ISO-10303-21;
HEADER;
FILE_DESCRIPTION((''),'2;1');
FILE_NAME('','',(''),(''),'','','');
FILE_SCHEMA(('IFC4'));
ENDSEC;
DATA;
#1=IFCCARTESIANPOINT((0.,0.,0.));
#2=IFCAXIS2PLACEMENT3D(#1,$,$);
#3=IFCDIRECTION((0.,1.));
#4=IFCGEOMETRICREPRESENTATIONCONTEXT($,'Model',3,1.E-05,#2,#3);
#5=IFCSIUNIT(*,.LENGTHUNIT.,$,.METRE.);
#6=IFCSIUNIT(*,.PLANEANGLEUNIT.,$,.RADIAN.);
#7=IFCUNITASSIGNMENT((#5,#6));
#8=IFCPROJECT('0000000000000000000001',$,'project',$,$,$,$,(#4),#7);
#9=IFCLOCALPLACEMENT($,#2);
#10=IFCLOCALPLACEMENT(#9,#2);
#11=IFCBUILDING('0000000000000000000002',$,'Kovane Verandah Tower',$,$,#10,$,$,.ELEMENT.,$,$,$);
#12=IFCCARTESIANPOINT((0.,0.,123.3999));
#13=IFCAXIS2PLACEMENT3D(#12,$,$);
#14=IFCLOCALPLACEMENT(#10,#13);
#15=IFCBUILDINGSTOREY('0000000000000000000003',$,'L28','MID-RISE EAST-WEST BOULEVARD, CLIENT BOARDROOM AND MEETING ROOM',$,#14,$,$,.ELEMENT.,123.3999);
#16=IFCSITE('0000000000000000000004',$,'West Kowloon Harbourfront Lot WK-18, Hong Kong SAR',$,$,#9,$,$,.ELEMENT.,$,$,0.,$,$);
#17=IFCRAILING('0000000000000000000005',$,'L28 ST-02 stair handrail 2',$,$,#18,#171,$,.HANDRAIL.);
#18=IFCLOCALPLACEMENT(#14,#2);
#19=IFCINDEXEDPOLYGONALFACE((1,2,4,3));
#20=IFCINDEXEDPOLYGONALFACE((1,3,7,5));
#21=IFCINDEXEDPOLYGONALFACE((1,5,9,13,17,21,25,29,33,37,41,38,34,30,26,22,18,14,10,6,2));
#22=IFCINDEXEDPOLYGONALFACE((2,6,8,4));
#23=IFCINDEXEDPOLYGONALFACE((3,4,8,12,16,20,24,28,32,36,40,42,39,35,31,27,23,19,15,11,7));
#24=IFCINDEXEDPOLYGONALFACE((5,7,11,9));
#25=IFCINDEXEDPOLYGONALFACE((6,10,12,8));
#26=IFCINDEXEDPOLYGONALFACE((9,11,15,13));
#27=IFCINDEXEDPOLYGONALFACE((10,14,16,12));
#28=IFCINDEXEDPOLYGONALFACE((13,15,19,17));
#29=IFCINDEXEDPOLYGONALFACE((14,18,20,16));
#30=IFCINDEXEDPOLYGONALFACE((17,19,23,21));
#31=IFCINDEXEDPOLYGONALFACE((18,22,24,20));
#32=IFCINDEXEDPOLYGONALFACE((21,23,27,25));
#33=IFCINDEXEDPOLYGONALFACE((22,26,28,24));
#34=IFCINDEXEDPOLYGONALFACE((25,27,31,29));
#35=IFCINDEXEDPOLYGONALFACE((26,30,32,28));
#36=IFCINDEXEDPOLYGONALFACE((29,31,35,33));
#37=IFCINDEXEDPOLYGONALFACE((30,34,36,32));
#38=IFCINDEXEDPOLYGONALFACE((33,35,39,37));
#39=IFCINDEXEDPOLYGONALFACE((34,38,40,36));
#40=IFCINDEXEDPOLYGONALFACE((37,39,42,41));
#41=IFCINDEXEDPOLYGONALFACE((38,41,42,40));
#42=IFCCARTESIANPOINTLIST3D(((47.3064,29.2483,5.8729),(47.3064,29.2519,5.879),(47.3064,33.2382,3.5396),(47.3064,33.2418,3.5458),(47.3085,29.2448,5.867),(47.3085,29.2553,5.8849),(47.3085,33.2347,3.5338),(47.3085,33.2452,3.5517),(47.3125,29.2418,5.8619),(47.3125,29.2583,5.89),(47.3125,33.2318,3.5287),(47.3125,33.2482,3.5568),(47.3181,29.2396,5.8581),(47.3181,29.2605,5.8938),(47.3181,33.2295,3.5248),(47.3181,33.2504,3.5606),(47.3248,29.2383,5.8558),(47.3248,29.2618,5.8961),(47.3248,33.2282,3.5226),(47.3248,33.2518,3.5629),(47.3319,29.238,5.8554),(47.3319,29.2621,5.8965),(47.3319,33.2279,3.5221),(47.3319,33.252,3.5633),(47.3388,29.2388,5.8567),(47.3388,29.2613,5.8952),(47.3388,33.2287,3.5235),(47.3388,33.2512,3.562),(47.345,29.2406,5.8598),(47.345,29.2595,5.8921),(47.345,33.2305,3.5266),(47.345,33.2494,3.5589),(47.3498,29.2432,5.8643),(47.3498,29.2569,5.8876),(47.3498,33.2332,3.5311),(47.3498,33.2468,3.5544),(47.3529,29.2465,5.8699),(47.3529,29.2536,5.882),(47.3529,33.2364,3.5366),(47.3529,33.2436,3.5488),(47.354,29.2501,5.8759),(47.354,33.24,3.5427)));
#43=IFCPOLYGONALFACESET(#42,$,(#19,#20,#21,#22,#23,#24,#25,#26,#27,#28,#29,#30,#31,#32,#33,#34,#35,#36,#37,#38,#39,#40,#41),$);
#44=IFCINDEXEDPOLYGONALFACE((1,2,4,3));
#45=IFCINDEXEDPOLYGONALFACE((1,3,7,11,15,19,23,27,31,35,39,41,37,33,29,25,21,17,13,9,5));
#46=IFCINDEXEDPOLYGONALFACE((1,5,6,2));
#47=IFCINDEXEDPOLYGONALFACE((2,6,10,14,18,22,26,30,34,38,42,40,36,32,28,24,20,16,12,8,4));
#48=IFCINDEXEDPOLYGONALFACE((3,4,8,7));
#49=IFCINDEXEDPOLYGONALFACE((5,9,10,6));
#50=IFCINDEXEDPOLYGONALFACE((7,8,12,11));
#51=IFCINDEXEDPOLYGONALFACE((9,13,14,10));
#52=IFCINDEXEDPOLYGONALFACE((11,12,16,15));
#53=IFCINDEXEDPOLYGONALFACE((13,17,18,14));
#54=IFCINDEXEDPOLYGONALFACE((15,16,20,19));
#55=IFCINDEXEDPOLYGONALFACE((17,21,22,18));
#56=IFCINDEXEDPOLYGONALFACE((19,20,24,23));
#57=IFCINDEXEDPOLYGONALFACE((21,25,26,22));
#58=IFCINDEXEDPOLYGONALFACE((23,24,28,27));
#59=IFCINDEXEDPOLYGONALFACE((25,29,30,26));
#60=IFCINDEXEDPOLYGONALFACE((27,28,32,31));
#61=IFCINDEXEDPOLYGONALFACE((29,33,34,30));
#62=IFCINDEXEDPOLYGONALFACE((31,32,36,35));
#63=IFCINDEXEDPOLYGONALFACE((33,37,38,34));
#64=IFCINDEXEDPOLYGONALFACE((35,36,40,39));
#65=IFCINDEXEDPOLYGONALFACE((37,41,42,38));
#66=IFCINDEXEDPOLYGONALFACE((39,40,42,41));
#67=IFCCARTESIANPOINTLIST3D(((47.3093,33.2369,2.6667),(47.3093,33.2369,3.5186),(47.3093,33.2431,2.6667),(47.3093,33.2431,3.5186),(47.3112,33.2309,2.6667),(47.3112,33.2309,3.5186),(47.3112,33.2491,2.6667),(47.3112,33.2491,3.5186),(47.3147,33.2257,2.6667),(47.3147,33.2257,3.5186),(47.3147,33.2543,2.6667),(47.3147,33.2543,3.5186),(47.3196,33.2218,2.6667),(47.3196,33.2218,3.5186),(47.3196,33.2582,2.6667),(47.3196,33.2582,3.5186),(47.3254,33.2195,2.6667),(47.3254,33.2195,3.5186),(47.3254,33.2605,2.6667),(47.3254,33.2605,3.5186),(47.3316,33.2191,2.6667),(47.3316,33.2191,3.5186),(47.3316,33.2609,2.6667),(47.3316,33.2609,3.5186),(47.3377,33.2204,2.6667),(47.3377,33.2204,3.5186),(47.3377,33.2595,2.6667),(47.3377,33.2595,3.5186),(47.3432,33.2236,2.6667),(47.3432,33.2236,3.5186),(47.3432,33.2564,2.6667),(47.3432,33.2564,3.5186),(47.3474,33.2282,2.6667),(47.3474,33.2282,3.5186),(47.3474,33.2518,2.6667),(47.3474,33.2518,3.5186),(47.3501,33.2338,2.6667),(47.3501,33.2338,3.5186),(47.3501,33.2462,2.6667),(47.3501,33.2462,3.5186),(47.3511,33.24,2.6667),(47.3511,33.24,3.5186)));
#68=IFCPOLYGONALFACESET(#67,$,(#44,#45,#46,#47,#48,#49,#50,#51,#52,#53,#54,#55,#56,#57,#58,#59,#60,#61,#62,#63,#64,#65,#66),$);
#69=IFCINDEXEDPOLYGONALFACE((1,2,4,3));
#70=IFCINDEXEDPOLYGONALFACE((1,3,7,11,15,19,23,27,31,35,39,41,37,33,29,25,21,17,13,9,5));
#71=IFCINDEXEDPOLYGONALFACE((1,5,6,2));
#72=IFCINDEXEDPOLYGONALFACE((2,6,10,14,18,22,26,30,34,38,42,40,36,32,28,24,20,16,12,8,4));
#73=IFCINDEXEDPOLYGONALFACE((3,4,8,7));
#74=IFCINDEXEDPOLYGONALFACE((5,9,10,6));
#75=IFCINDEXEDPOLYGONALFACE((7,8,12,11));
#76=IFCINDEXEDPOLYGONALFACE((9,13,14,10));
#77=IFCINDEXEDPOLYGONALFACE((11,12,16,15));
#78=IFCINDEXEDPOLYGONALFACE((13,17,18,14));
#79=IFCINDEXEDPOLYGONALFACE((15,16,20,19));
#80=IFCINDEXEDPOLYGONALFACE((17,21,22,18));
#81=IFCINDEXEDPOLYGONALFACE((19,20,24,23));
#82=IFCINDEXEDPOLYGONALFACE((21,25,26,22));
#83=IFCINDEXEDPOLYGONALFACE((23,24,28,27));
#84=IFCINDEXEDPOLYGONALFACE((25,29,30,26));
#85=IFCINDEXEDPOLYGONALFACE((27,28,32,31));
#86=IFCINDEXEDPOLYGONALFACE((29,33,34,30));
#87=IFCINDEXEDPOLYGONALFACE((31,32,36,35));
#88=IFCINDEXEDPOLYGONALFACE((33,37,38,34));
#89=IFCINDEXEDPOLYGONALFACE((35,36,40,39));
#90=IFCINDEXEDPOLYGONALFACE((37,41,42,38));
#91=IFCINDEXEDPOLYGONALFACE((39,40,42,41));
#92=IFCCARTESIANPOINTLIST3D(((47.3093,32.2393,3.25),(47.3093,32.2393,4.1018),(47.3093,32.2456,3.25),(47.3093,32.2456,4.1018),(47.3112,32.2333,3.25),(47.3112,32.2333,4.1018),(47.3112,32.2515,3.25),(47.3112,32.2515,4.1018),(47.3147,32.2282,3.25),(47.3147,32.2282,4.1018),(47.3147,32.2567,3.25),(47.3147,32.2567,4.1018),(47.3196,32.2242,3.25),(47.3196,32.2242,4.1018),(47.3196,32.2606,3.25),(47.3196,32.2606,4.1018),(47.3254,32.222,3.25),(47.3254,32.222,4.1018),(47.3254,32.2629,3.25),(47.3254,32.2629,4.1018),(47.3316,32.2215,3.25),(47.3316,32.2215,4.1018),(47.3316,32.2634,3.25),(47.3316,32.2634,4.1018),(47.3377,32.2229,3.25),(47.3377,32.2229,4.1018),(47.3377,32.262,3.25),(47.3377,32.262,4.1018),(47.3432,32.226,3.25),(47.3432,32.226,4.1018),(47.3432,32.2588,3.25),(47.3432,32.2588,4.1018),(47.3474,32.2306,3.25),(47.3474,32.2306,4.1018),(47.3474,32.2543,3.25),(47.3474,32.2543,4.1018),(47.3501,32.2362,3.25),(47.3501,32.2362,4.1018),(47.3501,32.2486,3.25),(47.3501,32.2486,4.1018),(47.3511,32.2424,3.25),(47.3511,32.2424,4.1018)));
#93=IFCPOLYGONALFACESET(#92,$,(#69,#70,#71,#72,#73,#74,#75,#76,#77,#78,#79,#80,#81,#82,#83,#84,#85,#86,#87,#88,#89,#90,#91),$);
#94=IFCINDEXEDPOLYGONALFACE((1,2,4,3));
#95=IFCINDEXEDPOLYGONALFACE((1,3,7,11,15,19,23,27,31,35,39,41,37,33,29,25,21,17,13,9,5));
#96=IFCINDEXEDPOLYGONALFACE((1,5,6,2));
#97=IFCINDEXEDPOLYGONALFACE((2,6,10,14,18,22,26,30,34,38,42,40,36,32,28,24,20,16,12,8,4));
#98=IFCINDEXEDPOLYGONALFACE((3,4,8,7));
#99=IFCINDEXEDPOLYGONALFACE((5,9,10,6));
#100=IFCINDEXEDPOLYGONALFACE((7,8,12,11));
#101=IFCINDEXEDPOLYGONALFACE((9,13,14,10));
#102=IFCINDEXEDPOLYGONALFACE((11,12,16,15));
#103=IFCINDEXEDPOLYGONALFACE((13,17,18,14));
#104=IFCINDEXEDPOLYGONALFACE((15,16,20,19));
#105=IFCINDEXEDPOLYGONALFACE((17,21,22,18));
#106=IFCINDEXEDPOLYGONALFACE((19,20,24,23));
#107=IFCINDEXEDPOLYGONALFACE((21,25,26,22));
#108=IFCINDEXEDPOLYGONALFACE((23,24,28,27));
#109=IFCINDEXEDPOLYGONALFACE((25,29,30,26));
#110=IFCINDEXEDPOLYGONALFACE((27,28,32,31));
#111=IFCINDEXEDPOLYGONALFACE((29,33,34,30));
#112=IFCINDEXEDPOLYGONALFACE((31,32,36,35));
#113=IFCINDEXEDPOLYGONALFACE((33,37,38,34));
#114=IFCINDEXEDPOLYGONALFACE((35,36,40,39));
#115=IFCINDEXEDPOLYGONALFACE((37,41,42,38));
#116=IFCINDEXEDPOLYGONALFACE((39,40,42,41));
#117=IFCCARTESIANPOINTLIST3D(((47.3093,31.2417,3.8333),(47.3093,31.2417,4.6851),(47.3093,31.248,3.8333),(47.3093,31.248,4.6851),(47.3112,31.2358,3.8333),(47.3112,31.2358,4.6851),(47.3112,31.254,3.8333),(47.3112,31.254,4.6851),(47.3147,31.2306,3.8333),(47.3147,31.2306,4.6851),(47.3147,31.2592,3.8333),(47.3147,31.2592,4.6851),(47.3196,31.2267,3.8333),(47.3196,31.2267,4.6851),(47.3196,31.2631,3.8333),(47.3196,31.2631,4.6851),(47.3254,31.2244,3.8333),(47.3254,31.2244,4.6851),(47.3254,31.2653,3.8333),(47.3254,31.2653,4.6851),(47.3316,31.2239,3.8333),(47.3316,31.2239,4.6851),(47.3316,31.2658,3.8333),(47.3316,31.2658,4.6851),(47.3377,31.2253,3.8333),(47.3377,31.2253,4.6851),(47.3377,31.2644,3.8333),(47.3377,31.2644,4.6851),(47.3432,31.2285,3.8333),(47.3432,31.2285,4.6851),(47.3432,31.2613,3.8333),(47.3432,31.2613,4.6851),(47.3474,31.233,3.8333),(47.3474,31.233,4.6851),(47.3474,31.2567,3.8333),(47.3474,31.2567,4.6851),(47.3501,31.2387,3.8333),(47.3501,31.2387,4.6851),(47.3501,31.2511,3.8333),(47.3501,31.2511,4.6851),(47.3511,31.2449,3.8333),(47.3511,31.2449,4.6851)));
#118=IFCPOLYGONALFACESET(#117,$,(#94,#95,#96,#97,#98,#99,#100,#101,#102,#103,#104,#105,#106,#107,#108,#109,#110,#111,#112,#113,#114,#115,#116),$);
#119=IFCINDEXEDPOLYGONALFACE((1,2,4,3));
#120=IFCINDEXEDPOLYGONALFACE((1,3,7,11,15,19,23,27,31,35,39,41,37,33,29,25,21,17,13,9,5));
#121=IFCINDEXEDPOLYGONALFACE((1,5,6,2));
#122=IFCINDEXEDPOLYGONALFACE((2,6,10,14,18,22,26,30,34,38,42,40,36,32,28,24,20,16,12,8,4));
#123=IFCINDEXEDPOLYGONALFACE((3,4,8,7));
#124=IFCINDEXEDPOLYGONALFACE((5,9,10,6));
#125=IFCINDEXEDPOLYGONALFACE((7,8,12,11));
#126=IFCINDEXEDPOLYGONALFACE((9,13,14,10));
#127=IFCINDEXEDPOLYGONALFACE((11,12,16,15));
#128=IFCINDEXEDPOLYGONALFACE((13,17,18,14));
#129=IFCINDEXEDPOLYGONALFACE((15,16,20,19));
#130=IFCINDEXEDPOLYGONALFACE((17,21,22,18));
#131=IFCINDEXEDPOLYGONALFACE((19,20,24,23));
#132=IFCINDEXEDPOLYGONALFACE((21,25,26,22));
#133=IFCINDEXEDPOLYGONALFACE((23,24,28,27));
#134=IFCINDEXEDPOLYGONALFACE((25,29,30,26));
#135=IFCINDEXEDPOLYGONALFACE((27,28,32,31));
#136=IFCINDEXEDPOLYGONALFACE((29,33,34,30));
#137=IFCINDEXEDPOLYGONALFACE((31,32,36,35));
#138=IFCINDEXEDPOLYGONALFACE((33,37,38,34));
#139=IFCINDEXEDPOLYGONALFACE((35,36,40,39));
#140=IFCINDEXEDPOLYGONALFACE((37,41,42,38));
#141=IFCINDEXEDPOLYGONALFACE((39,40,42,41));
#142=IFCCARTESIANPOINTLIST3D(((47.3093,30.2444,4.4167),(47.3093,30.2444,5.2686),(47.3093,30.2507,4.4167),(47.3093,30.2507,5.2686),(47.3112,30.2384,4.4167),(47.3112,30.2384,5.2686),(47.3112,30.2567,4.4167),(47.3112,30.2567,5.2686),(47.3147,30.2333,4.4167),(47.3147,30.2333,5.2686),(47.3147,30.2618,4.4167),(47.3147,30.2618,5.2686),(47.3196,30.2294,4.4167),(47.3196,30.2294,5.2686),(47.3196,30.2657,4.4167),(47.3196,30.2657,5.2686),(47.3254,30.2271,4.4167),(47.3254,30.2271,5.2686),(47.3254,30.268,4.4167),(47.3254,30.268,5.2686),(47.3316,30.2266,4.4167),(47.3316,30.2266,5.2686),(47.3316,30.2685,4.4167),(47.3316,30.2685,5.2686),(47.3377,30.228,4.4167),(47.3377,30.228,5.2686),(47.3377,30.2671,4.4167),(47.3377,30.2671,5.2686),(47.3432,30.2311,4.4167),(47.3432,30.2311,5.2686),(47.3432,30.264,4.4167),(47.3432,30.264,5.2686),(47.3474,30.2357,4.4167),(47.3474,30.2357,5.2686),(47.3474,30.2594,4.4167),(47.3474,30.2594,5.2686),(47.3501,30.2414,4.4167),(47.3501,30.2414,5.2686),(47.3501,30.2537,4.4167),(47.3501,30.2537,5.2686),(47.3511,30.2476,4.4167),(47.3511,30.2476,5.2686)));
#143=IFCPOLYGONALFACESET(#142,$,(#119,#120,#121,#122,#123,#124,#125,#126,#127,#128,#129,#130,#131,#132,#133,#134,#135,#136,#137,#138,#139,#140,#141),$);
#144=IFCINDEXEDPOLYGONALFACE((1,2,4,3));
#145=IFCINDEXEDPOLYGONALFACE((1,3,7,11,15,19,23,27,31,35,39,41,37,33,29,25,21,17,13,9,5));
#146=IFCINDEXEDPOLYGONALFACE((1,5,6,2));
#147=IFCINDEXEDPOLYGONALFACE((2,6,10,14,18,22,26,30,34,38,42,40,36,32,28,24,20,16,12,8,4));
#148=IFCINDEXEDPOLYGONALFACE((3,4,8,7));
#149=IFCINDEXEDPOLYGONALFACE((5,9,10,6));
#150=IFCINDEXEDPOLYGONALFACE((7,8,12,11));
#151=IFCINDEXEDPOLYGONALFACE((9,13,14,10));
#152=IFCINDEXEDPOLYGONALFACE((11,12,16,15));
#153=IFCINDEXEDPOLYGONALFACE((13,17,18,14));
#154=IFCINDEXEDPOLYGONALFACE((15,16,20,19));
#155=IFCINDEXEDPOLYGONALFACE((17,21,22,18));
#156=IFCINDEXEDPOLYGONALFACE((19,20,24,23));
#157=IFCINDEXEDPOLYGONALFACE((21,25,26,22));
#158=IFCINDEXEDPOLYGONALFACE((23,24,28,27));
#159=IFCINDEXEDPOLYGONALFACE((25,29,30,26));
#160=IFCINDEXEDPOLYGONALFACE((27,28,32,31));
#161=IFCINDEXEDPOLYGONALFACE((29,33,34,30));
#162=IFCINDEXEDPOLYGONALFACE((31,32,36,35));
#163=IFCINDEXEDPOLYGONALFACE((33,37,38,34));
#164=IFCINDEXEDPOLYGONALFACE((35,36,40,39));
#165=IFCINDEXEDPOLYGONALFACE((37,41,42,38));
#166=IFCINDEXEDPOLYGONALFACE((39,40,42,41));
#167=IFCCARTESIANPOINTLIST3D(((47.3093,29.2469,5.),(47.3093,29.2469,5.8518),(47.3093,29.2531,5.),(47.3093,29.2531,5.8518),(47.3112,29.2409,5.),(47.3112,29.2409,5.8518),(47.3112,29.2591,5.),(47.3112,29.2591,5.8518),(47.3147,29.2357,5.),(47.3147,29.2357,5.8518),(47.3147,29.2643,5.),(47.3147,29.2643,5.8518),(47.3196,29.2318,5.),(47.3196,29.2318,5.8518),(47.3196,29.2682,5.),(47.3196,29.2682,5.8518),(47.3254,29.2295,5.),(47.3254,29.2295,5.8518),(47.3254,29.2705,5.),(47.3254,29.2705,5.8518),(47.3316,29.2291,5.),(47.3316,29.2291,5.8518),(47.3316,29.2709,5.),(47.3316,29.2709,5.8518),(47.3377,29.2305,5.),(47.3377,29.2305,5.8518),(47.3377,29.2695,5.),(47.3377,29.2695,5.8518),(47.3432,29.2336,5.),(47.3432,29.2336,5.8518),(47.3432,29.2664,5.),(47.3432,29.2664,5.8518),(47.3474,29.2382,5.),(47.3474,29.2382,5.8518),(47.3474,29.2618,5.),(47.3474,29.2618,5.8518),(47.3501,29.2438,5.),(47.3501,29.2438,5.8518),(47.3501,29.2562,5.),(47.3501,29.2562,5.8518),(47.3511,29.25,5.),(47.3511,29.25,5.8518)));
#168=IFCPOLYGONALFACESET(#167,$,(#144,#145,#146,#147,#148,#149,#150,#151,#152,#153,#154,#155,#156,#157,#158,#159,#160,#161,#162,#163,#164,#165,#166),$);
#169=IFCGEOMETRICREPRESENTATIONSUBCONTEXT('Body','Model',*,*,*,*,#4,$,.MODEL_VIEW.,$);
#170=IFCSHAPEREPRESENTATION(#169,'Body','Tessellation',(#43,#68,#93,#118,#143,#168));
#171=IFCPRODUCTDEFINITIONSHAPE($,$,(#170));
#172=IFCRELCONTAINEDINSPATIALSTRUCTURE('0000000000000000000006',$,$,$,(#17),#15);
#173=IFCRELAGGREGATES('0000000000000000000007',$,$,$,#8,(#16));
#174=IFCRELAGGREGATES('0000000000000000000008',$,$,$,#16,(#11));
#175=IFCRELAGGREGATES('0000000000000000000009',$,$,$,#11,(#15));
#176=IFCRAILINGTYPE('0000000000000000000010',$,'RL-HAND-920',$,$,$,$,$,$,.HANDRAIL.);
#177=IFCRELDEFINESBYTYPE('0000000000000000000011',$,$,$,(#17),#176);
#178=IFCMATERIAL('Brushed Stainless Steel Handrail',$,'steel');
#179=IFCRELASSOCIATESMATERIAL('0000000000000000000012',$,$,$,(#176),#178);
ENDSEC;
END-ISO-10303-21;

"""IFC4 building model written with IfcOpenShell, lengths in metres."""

from ifc_helpers import new_model, si_unit, direction, frame, origin, origin_2d, place, context, subcontext, project, spatial, circle, extrude, material, type_object, element, save


model = new_model("IFC4")

# Units and contexts
model_context = context("Model", 3, precision=1e-05, world=origin(), true_north=direction((0.0, 1.0)))
body_context = subcontext(model_context, "Body", "Model", "MODEL_VIEW")
ifc_project = project(units=[si_unit("LENGTHUNIT", "METRE"), si_unit("PLANEANGLEUNIT", "RADIAN")], contexts=[model_context])

# Site, building, storey
site_placement = place(None, origin())
site = spatial("IfcSite", under=ifc_project, at=site_placement, Name="West Kowloon Harbourfront Lot WK-18, Hong Kong SAR", CompositionType="ELEMENT", RefElevation=0.0)
building_placement = place(site_placement, origin())
building = spatial("IfcBuilding", under=site, at=building_placement, Name="Kovane Verandah Tower", CompositionType="ELEMENT")
storey_placement = place(building_placement, frame((0.0, 0.0, 123.3999)))
storey = spatial("IfcBuildingStorey", under=building, at=storey_placement, Name="L28", Description="MID-RISE EAST-WEST BOULEVARD, CLIENT BOARDROOM AND MEETING ROOM", CompositionType="ELEMENT", Elevation=123.3999)

# Railing
ifc_material_1 = material(Name="Brushed Stainless Steel Handrail", Category="steel")
railing_type_1 = type_object("IfcRailingType", Name="RL-HAND-920", PredefinedType="HANDRAIL", material=ifc_material_1)
railing_1_placement = place(storey_placement, frame((47.3301, 33.24, 2.6667)))
element("IfcRailing", 1, at=railing_1_placement, inside=storey, type_object=railing_type_1, Name="L28 ST-02 stair handrail 2", PredefinedType="HANDRAIL", context=body_context, shape_type="SweptSolid", body=[
    extrude(circle(Radius=0.0239, at=origin_2d()), frame((0.0, 0.0, 0.876), z_axis=(0.0, -0.863236, 0.5048), x_axis=(1.0, 0.0, 0.0)), (0.0, 0.0, 1.0), 4.6221),
    extrude(circle(Radius=0.021, at=origin_2d()), origin(), (0.0, 0.0, 1.0), 0.8518),
    extrude(circle(Radius=0.021, at=origin_2d()), frame((0.0, -0.9976, 0.5833)), (0.0, 0.0, 1.0), 0.8518),
    extrude(circle(Radius=0.021, at=origin_2d()), frame((0.0, -1.9951, 1.1665)), (0.0, 0.0, 1.0), 0.8518),
    extrude(circle(Radius=0.021, at=origin_2d()), frame((0.0, -2.9924, 1.75)), (0.0, 0.0, 1.0), 0.8518),
    extrude(circle(Radius=0.021, at=origin_2d()), frame((0.0, -3.99, 2.3333)), (0.0, 0.0, 1.0), 0.8518),
])

save(model, "model.ifc")
